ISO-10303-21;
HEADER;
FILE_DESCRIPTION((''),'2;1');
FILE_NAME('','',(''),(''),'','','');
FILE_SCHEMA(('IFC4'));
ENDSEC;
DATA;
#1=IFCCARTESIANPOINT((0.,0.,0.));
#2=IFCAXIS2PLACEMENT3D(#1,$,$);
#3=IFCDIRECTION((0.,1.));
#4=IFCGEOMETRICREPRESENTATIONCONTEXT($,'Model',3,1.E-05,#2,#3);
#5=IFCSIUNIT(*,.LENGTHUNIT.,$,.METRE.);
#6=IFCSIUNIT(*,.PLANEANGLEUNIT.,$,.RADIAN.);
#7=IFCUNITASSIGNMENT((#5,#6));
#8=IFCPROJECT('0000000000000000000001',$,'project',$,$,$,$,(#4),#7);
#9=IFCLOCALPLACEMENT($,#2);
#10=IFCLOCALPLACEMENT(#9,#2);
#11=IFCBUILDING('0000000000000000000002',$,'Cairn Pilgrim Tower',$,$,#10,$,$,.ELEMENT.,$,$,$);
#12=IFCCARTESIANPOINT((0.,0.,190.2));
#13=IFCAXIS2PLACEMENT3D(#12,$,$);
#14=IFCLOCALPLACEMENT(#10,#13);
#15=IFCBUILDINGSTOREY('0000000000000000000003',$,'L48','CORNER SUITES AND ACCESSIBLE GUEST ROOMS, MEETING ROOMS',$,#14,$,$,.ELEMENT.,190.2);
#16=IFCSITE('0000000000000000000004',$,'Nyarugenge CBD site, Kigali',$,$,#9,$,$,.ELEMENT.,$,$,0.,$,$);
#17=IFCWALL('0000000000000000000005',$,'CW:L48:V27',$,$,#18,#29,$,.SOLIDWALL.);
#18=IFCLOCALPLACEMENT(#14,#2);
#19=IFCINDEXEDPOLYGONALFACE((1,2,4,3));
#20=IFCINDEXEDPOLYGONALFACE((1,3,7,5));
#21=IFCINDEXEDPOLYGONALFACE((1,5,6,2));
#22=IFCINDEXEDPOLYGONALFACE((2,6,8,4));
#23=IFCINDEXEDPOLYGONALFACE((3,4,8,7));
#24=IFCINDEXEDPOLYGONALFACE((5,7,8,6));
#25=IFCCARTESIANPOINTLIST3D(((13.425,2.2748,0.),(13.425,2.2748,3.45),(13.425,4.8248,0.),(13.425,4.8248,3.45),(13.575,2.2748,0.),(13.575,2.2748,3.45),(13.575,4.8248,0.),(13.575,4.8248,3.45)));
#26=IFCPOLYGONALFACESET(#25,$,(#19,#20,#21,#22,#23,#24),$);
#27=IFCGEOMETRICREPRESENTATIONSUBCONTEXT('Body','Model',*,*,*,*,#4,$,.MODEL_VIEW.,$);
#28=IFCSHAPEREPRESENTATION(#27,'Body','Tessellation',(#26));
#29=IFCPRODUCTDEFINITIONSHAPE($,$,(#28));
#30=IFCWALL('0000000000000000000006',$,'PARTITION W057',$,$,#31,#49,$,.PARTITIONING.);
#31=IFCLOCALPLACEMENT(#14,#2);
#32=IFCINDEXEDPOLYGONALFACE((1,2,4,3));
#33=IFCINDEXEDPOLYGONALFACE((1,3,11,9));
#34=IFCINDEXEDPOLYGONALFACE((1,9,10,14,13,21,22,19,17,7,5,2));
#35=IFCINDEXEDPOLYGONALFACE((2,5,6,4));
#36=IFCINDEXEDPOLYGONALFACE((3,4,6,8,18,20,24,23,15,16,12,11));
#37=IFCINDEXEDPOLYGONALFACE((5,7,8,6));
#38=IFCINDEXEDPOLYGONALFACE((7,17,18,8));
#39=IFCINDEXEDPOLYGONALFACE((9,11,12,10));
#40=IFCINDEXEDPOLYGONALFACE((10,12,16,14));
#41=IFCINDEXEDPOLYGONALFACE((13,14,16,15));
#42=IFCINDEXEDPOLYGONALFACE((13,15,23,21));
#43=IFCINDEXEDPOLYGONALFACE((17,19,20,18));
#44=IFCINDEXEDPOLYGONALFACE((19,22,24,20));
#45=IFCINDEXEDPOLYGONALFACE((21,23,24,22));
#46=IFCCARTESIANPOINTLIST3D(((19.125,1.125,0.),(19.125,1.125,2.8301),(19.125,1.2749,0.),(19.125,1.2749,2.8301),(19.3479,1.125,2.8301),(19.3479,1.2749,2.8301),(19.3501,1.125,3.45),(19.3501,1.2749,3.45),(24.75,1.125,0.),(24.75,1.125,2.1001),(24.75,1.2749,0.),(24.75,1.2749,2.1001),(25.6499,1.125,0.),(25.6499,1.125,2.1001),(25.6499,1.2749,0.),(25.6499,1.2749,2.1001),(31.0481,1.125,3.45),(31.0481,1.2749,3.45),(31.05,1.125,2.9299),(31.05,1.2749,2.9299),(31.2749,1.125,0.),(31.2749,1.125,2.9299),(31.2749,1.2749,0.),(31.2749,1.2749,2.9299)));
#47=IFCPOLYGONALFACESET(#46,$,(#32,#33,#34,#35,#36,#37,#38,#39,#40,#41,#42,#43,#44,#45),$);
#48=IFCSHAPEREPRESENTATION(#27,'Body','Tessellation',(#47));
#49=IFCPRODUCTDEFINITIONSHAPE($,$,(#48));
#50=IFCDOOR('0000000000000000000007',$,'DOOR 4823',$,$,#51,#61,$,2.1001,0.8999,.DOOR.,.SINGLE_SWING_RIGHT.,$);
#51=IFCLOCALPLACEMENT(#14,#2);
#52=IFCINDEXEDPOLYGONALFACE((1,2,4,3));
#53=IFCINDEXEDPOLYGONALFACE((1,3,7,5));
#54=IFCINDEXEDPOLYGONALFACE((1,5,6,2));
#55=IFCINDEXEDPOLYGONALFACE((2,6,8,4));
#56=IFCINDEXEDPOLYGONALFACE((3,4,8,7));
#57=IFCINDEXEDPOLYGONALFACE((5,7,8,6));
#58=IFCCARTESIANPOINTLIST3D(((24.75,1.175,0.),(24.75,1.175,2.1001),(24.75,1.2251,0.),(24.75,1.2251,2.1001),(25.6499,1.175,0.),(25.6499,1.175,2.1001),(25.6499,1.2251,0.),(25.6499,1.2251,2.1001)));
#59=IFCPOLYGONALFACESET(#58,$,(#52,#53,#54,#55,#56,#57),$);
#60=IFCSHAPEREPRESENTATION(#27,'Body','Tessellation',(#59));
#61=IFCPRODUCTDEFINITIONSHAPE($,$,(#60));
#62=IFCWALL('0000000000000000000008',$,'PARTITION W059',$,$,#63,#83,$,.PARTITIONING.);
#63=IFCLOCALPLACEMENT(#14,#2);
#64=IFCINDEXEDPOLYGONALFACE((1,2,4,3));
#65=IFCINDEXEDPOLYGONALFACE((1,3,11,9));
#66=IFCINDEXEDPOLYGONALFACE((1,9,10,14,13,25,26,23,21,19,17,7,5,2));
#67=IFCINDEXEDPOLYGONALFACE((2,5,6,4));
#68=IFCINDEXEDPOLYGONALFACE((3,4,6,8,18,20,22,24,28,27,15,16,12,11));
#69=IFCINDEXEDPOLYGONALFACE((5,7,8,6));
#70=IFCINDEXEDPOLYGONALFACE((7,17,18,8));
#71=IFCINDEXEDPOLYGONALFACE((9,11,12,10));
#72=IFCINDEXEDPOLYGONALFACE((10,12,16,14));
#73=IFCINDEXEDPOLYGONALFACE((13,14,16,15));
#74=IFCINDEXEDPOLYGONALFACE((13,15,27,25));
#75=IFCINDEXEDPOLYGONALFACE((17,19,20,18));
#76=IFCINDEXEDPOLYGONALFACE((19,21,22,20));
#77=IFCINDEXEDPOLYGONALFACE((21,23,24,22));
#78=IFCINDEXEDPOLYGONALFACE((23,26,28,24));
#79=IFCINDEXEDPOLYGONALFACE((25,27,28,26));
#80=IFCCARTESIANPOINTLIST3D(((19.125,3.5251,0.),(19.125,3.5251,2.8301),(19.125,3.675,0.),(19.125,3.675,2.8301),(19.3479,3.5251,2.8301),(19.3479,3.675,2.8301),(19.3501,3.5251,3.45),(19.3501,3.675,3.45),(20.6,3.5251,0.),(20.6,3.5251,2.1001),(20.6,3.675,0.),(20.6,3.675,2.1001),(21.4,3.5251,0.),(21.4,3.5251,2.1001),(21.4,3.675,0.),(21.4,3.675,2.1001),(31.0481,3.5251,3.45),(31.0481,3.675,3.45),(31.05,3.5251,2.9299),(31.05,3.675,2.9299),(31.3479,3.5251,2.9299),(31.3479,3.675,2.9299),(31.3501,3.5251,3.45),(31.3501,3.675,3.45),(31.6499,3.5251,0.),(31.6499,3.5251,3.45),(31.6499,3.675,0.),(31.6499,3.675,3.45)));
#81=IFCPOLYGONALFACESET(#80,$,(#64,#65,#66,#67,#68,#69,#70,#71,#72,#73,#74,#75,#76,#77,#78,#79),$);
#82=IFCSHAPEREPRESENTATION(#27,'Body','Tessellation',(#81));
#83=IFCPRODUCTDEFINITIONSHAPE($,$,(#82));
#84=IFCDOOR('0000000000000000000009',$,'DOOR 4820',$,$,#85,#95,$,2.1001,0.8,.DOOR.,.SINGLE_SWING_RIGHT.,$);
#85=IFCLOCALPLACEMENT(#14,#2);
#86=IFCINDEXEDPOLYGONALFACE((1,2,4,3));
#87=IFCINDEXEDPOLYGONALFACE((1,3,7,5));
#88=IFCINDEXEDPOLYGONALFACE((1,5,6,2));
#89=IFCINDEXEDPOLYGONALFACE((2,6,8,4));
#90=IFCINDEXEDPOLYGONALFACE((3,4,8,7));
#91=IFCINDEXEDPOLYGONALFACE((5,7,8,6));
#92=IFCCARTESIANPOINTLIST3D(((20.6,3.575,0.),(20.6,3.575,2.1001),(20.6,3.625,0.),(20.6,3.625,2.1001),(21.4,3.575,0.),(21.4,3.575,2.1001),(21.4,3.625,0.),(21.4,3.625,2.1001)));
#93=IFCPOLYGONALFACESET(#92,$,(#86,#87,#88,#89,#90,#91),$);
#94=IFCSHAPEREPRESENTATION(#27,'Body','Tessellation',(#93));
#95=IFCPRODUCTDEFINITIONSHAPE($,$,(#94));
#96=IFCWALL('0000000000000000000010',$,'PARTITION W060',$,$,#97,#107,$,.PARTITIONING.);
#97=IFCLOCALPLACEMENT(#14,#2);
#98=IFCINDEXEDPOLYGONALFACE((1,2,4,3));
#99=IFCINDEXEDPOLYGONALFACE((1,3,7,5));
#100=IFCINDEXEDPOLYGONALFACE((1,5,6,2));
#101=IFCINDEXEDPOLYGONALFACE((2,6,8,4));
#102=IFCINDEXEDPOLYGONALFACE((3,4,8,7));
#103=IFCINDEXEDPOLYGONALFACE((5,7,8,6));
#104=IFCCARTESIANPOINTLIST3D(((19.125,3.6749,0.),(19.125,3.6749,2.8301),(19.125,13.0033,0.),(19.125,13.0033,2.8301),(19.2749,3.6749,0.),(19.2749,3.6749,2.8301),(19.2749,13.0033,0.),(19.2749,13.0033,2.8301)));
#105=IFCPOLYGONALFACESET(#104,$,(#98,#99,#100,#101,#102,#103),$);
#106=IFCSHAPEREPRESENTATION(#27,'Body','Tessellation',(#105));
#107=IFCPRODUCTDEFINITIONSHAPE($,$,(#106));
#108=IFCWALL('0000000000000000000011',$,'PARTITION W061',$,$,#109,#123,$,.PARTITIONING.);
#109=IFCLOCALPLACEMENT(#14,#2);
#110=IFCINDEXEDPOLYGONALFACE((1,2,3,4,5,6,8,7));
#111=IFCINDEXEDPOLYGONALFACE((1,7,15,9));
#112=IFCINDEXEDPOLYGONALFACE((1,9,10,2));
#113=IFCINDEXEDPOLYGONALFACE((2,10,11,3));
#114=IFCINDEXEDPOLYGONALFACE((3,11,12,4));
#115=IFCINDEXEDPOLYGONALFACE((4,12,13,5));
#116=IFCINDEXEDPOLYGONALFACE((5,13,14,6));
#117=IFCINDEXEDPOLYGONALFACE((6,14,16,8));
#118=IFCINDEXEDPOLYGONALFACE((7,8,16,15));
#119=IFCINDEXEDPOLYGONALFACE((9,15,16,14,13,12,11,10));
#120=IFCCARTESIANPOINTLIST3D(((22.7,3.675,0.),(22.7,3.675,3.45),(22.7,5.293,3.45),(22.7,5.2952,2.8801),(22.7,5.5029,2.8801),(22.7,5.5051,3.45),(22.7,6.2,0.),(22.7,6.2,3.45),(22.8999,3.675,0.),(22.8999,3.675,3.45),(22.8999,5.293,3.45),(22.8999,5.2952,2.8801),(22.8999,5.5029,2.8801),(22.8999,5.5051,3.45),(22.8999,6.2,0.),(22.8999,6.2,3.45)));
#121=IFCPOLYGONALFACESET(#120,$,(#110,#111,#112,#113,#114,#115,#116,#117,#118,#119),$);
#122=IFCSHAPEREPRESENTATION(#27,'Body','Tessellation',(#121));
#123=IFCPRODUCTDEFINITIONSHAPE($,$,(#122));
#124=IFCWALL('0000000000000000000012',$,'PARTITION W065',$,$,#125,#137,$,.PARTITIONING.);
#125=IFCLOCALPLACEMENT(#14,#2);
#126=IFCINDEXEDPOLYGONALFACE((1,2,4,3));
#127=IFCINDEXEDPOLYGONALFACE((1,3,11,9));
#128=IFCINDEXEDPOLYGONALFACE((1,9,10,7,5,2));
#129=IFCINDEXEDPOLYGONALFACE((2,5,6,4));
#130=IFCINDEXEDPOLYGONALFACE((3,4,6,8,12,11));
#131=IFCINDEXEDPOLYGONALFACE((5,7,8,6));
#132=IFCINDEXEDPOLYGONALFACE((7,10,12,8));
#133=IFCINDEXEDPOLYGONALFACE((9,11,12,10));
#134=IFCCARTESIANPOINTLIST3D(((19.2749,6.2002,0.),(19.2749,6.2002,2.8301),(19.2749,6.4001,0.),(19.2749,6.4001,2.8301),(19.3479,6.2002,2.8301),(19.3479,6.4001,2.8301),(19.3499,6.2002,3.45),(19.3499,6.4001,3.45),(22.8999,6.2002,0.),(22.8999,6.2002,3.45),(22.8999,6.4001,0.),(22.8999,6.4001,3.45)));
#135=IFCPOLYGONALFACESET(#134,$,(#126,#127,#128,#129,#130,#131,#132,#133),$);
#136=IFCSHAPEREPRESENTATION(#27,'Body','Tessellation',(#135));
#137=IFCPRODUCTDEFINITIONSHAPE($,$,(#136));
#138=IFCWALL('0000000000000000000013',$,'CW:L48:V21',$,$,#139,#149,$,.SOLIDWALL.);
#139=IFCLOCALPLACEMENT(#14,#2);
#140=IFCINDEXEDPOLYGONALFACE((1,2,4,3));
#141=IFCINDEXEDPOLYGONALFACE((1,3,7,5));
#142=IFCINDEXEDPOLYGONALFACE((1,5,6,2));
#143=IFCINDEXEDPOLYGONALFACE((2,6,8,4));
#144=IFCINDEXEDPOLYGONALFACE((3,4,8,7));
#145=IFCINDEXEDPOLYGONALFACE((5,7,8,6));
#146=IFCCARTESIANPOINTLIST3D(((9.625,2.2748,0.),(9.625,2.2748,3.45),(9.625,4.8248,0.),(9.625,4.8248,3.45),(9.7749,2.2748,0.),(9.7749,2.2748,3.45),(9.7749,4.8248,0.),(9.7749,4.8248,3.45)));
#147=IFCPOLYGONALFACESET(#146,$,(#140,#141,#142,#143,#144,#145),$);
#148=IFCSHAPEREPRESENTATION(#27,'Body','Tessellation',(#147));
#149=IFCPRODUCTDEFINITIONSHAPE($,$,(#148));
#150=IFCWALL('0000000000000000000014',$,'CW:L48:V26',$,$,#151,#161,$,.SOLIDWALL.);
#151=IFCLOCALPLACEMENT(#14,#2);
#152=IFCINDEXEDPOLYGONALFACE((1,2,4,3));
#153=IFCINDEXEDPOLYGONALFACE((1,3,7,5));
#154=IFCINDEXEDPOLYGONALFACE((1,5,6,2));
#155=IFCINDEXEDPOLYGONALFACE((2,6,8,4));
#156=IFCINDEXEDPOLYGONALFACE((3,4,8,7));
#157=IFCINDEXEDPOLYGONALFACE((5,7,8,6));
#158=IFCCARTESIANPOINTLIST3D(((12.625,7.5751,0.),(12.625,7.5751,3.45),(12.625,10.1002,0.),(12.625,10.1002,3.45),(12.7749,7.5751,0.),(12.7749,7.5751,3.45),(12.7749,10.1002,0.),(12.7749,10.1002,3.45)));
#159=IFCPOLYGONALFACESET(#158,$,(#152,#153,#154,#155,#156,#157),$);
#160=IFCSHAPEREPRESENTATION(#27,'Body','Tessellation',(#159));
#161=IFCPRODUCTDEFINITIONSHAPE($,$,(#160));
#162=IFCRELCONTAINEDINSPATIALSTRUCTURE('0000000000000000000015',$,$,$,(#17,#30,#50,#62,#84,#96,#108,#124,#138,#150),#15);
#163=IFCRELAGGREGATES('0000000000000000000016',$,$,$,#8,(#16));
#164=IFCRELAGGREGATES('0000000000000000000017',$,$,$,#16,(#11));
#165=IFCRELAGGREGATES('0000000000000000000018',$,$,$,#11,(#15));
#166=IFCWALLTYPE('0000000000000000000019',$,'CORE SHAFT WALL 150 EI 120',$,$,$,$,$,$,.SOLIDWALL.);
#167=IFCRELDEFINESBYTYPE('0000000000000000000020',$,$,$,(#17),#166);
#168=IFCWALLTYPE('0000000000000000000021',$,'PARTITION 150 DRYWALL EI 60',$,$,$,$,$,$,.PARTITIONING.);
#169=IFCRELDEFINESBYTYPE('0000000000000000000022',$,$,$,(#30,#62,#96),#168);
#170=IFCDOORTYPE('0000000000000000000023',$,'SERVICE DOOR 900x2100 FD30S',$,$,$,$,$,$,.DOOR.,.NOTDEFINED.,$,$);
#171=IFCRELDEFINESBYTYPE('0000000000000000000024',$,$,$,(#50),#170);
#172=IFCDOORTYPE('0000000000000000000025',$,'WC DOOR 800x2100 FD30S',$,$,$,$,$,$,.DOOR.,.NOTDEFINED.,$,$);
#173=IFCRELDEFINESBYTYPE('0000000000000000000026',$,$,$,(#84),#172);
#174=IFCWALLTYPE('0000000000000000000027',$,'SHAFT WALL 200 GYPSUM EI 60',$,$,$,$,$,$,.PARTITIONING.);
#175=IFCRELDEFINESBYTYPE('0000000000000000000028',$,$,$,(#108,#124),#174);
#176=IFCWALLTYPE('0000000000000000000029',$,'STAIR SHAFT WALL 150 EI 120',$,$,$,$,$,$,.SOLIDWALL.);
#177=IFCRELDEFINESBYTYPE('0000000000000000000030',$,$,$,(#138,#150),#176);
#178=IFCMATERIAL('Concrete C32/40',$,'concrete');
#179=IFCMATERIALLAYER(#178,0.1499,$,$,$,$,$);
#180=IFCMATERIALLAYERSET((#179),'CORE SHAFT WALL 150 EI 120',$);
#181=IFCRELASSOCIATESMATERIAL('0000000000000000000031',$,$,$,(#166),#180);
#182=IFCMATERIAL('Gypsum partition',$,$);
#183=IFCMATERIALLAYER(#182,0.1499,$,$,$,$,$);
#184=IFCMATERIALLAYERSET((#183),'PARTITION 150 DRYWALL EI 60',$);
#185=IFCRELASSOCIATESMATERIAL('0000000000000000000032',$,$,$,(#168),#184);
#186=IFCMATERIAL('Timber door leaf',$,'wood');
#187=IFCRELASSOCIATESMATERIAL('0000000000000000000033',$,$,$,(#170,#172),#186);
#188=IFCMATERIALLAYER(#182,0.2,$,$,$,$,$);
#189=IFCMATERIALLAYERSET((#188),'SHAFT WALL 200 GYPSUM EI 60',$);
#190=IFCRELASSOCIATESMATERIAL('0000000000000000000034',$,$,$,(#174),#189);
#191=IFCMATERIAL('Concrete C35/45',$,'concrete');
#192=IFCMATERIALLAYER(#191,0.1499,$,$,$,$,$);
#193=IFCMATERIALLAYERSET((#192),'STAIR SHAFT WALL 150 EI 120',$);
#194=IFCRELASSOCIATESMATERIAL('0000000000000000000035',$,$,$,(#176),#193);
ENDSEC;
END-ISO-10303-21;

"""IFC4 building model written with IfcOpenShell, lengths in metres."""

from ifc_helpers import new_model, si_unit, direction, frame, frame_2d, origin, place, context, subcontext, project, spatial, polyline, rectangle, outline, extrude, material, layer, layer_set, type_object, element, fill, save


model = new_model("IFC4")

# Units and contexts
model_context = context("Model", 3, precision=1e-05, world=origin(), true_north=direction((0.0, 1.0)))
body_context = subcontext(model_context, "Body", "Model", "MODEL_VIEW")
ifc_project = project(units=[si_unit("LENGTHUNIT", "METRE"), si_unit("PLANEANGLEUNIT", "RADIAN")], contexts=[model_context])

# Site, building, storey
site_placement = place(None, origin())
site = spatial("IfcSite", under=ifc_project, at=site_placement, Name="Nyarugenge CBD site, Kigali", CompositionType="ELEMENT", RefElevation=0.0)
building_placement = place(site_placement, origin())
building = spatial("IfcBuilding", under=site, at=building_placement, Name="Cairn Pilgrim Tower", CompositionType="ELEMENT")
storey_placement = place(building_placement, frame((0.0, 0.0, 190.2)))
storey = spatial("IfcBuildingStorey", under=building, at=storey_placement, Name="L48", Description="CORNER SUITES AND ACCESSIBLE GUEST ROOMS, MEETING ROOMS", CompositionType="ELEMENT", Elevation=190.2)

# Shared definitions
ifc_material_1 = material(Name="Concrete C32/40", Category="concrete")

# Shared definitions
ifc_layer_1 = layer(ifc_material_1, 0.1499)
ifc_layer_set_1 = layer_set([ifc_layer_1], Name="CORE SHAFT WALL 150 EI 120")
wall_type_1 = type_object("IfcWallType", Name="CORE SHAFT WALL 150 EI 120", PredefinedType="SOLIDWALL", material=ifc_layer_set_1)

# Wall
for number, where, z_axis, x_axis, name in (
    (1, (13.5, 2.2749, 0.0), (0.0, 0.0, 1.0), (0.0, 1.0, 0.0), "CW:L48:V27"),
):
    element("IfcWall", number, at=place(storey_placement, frame(where, z_axis=z_axis, x_axis=x_axis)), inside=storey, type_object=wall_type_1, Name=name, PredefinedType="SOLIDWALL", context=body_context, shape_type="SweptSolid", body=[
        extrude(rectangle(XDim=2.55, YDim=0.1499, at=frame_2d((1.2749, 0.0))), origin(), (0.0, 0.0, 1.0), 3.45),
    ])

# Walls, openings, doors
ifc_material_2 = material(Name="Gypsum partition")
ifc_layer_2 = layer(ifc_material_2, 0.1499)
ifc_layer_set_2 = layer_set([ifc_layer_2], Name="PARTITION 150 DRYWALL EI 60")
wall_type_2 = type_object("IfcWallType", Name="PARTITION 150 DRYWALL EI 60", PredefinedType="PARTITIONING", material=ifc_layer_set_2)
wall_1_placement = place(storey_placement, frame((19.125, 1.2, 0.0), z_axis=(0.0, 0.0, 1.0), x_axis=(1.0, 0.0, 0.0)))
wall_1 = element("IfcWall", 2, at=wall_1_placement, inside=storey, type_object=wall_type_2, Name="PARTITION W057", PredefinedType="PARTITIONING", context=body_context, shape_type="SweptSolid", body=[
    extrude(outline(polyline([(0.0, 0.0), (12.1499, 0.0), (12.1499, 2.9299), (11.925, 2.9299), (11.9231, 3.45), (0.2251, 3.45), (0.2229, 2.8301), (0.0, 2.8301), (0.0, 0.0)])), frame((0.0, 0.075, 0.0), z_axis=(0.0, -1.0, 0.0), x_axis=(1.0, 0.0, 0.0)), (0.0, 0.0, 1.0), 0.1499),
])
opening_1_placement = place(wall_1_placement, frame((5.625, 0.0, 0.0)))
opening_1 = element("IfcOpeningElement", 3, at=opening_1_placement, cuts=wall_1, PredefinedType="OPENING", context=body_context, shape_type="SweptSolid", body=[
    extrude(rectangle(XDim=0.8999, YDim=2.1001, at=frame_2d((0.45, 1.05))), frame((0.0, 0.085, 0.0), z_axis=(0.0, -1.0, 0.0), x_axis=(1.0, 0.0, 0.0)), (0.0, 0.0, 1.0), 0.1699),
])
ifc_material_3 = material(Name="Timber door leaf", Category="wood")
door_type_1 = type_object("IfcDoorType", Name="SERVICE DOOR 900x2100 FD30S", OperationType="NOTDEFINED", PredefinedType="DOOR", material=ifc_material_3)
door_1_placement = place(opening_1_placement, frame((0.8999, 0.0, 0.0), z_axis=(0.0, 0.0, 1.0), x_axis=(-1.0, 0.0, 0.0)))
door_1 = element("IfcDoor", 4, at=door_1_placement, inside=storey, type_object=door_type_1, Name="DOOR 4823", OperationType="SINGLE_SWING_RIGHT", OverallHeight=2.1001, OverallWidth=0.8999, PredefinedType="DOOR", context=body_context, shape_type="SweptSolid", body=[
    extrude(rectangle(XDim=0.8999, YDim=2.1001, at=frame_2d((0.45, 1.05))), frame((0.0, 0.0249, 0.0), z_axis=(0.0, -1.0, 0.0), x_axis=(1.0, 0.0, 0.0)), (0.0, 0.0, 1.0), 0.05),
])
fill(opening_1, door_1)
wall_2_placement = place(storey_placement, frame((19.125, 3.6001, 0.0), z_axis=(0.0, 0.0, 1.0), x_axis=(1.0, 0.0, 0.0)))
wall_2 = element("IfcWall", 5, at=wall_2_placement, inside=storey, type_object=wall_type_2, Name="PARTITION W059", PredefinedType="PARTITIONING", context=body_context, shape_type="SweptSolid", body=[
    extrude(outline(polyline([(0.0, 0.0), (12.5249, 0.0), (12.5249, 3.45), (12.2251, 3.45), (12.2229, 2.9299), (11.925, 2.9299), (11.9231, 3.45), (0.2251, 3.45), (0.2229, 2.8301), (0.0, 2.8301), (0.0, 0.0)])), frame((0.0, 0.075, 0.0), z_axis=(0.0, -1.0, 0.0), x_axis=(1.0, 0.0, 0.0)), (0.0, 0.0, 1.0), 0.1499),
])
opening_2_placement = place(wall_2_placement, frame((1.4751, 0.0, 0.0)))
opening_2 = element("IfcOpeningElement", 6, at=opening_2_placement, cuts=wall_2, PredefinedType="OPENING", context=body_context, shape_type="SweptSolid", body=[
    extrude(rectangle(XDim=0.8, YDim=2.1001, at=frame_2d((0.3999, 1.05))), frame((0.0, 0.085, 0.0), z_axis=(0.0, -1.0, 0.0), x_axis=(1.0, 0.0, 0.0)), (0.0, 0.0, 1.0), 0.1699),
])
door_type_2 = type_object("IfcDoorType", Name="WC DOOR 800x2100 FD30S", OperationType="NOTDEFINED", PredefinedType="DOOR", material=ifc_material_3)
door_2_placement = place(opening_2_placement, origin())
door_2 = element("IfcDoor", 7, at=door_2_placement, inside=storey, type_object=door_type_2, Name="DOOR 4820", OperationType="SINGLE_SWING_RIGHT", OverallHeight=2.1001, OverallWidth=0.8, PredefinedType="DOOR", context=body_context, shape_type="SweptSolid", body=[
    extrude(rectangle(XDim=0.8, YDim=2.1001, at=frame_2d((0.3999, 1.05))), frame((0.0, 0.0249, 0.0), z_axis=(0.0, -1.0, 0.0), x_axis=(1.0, 0.0, 0.0)), (0.0, 0.0, 1.0), 0.05),
])
fill(opening_2, door_2)

# Walls
wall_3_placement = place(storey_placement, frame((19.2, 3.675, 0.0), z_axis=(0.0, 0.0, 1.0), x_axis=(0.0, 1.0, 0.0)))
element("IfcWall", 8, at=wall_3_placement, inside=storey, type_object=wall_type_2, Name="PARTITION W060", PredefinedType="PARTITIONING", context=body_context, shape_type="SweptSolid", body=[
    extrude(rectangle(XDim=9.3284, YDim=0.1499, at=frame_2d((4.6641, 0.0))), origin(), (0.0, 0.0, 1.0), 2.8301),
])
ifc_layer_3 = layer(ifc_material_2, 0.2)
ifc_layer_set_3 = layer_set([ifc_layer_3], Name="SHAFT WALL 200 GYPSUM EI 60")
wall_type_3 = type_object("IfcWallType", Name="SHAFT WALL 200 GYPSUM EI 60", PredefinedType="PARTITIONING", material=ifc_layer_set_3)
wall_4_placement = place(storey_placement, frame((22.8, 3.675, 0.0), z_axis=(0.0, 0.0, 1.0), x_axis=(0.0, 1.0, 0.0)))
element("IfcWall", 9, at=wall_4_placement, inside=storey, type_object=wall_type_3, Name="PARTITION W061", PredefinedType="PARTITIONING", context=body_context, shape_type="SweptSolid", body=[
    extrude(outline(polyline([(0.0, 0.0), (2.5249, 0.0), (2.5249, 3.45), (1.8301, 3.45), (1.8279, 2.8801), (1.6201, 2.8801), (1.6179, 3.45), (0.0, 3.45), (0.0, 0.0)])), frame((0.0, 0.1001, 0.0), z_axis=(0.0, -1.0, 0.0), x_axis=(1.0, 0.0, 0.0)), (0.0, 0.0, 1.0), 0.2),
])
wall_5_placement = place(storey_placement, frame((19.2749, 6.3, 0.0), z_axis=(0.0, 0.0, 1.0), x_axis=(1.0, 0.0, 0.0)))
element("IfcWall", 10, at=wall_5_placement, inside=storey, type_object=wall_type_3, Name="PARTITION W065", PredefinedType="PARTITIONING", context=body_context, shape_type="SweptSolid", body=[
    extrude(outline(polyline([(0.0, 0.0), (3.625, 0.0), (3.625, 3.45), (0.075, 3.45), (0.073, 2.8301), (0.0, 2.8301), (0.0, 0.0)])), frame((0.0, 0.1001, 0.0), z_axis=(0.0, -1.0, 0.0), x_axis=(1.0, 0.0, 0.0)), (0.0, 0.0, 1.0), 0.2),
])
ifc_material_4 = material(Name="Concrete C35/45", Category="concrete")
ifc_layer_4 = layer(ifc_material_4, 0.1499)
ifc_layer_set_4 = layer_set([ifc_layer_4], Name="STAIR SHAFT WALL 150 EI 120")
wall_type_4 = type_object("IfcWallType", Name="STAIR SHAFT WALL 150 EI 120", PredefinedType="SOLIDWALL", material=ifc_layer_set_4)
wall_6_placement = place(storey_placement, frame((9.7, 2.2749, 0.0), z_axis=(0.0, 0.0, 1.0), x_axis=(0.0, 1.0, 0.0)))
element("IfcWall", 11, at=wall_6_placement, inside=storey, type_object=wall_type_4, Name="CW:L48:V21", PredefinedType="SOLIDWALL", context=body_context, shape_type="SweptSolid", body=[
    extrude(rectangle(XDim=2.55, YDim=0.1499, at=frame_2d((1.2749, 0.0))), origin(), (0.0, 0.0, 1.0), 3.45),
])
wall_7_placement = place(storey_placement, frame((12.7, 7.575, 0.0), z_axis=(0.0, 0.0, 1.0), x_axis=(0.0, 1.0, 0.0)))
element("IfcWall", 12, at=wall_7_placement, inside=storey, type_object=wall_type_4, Name="CW:L48:V26", PredefinedType="SOLIDWALL", context=body_context, shape_type="SweptSolid", body=[
    extrude(rectangle(XDim=2.5251, YDim=0.1499, at=frame_2d((1.2627, 0.0))), origin(), (0.0, 0.0, 1.0), 3.45),
])

save(model, "model.ifc")
